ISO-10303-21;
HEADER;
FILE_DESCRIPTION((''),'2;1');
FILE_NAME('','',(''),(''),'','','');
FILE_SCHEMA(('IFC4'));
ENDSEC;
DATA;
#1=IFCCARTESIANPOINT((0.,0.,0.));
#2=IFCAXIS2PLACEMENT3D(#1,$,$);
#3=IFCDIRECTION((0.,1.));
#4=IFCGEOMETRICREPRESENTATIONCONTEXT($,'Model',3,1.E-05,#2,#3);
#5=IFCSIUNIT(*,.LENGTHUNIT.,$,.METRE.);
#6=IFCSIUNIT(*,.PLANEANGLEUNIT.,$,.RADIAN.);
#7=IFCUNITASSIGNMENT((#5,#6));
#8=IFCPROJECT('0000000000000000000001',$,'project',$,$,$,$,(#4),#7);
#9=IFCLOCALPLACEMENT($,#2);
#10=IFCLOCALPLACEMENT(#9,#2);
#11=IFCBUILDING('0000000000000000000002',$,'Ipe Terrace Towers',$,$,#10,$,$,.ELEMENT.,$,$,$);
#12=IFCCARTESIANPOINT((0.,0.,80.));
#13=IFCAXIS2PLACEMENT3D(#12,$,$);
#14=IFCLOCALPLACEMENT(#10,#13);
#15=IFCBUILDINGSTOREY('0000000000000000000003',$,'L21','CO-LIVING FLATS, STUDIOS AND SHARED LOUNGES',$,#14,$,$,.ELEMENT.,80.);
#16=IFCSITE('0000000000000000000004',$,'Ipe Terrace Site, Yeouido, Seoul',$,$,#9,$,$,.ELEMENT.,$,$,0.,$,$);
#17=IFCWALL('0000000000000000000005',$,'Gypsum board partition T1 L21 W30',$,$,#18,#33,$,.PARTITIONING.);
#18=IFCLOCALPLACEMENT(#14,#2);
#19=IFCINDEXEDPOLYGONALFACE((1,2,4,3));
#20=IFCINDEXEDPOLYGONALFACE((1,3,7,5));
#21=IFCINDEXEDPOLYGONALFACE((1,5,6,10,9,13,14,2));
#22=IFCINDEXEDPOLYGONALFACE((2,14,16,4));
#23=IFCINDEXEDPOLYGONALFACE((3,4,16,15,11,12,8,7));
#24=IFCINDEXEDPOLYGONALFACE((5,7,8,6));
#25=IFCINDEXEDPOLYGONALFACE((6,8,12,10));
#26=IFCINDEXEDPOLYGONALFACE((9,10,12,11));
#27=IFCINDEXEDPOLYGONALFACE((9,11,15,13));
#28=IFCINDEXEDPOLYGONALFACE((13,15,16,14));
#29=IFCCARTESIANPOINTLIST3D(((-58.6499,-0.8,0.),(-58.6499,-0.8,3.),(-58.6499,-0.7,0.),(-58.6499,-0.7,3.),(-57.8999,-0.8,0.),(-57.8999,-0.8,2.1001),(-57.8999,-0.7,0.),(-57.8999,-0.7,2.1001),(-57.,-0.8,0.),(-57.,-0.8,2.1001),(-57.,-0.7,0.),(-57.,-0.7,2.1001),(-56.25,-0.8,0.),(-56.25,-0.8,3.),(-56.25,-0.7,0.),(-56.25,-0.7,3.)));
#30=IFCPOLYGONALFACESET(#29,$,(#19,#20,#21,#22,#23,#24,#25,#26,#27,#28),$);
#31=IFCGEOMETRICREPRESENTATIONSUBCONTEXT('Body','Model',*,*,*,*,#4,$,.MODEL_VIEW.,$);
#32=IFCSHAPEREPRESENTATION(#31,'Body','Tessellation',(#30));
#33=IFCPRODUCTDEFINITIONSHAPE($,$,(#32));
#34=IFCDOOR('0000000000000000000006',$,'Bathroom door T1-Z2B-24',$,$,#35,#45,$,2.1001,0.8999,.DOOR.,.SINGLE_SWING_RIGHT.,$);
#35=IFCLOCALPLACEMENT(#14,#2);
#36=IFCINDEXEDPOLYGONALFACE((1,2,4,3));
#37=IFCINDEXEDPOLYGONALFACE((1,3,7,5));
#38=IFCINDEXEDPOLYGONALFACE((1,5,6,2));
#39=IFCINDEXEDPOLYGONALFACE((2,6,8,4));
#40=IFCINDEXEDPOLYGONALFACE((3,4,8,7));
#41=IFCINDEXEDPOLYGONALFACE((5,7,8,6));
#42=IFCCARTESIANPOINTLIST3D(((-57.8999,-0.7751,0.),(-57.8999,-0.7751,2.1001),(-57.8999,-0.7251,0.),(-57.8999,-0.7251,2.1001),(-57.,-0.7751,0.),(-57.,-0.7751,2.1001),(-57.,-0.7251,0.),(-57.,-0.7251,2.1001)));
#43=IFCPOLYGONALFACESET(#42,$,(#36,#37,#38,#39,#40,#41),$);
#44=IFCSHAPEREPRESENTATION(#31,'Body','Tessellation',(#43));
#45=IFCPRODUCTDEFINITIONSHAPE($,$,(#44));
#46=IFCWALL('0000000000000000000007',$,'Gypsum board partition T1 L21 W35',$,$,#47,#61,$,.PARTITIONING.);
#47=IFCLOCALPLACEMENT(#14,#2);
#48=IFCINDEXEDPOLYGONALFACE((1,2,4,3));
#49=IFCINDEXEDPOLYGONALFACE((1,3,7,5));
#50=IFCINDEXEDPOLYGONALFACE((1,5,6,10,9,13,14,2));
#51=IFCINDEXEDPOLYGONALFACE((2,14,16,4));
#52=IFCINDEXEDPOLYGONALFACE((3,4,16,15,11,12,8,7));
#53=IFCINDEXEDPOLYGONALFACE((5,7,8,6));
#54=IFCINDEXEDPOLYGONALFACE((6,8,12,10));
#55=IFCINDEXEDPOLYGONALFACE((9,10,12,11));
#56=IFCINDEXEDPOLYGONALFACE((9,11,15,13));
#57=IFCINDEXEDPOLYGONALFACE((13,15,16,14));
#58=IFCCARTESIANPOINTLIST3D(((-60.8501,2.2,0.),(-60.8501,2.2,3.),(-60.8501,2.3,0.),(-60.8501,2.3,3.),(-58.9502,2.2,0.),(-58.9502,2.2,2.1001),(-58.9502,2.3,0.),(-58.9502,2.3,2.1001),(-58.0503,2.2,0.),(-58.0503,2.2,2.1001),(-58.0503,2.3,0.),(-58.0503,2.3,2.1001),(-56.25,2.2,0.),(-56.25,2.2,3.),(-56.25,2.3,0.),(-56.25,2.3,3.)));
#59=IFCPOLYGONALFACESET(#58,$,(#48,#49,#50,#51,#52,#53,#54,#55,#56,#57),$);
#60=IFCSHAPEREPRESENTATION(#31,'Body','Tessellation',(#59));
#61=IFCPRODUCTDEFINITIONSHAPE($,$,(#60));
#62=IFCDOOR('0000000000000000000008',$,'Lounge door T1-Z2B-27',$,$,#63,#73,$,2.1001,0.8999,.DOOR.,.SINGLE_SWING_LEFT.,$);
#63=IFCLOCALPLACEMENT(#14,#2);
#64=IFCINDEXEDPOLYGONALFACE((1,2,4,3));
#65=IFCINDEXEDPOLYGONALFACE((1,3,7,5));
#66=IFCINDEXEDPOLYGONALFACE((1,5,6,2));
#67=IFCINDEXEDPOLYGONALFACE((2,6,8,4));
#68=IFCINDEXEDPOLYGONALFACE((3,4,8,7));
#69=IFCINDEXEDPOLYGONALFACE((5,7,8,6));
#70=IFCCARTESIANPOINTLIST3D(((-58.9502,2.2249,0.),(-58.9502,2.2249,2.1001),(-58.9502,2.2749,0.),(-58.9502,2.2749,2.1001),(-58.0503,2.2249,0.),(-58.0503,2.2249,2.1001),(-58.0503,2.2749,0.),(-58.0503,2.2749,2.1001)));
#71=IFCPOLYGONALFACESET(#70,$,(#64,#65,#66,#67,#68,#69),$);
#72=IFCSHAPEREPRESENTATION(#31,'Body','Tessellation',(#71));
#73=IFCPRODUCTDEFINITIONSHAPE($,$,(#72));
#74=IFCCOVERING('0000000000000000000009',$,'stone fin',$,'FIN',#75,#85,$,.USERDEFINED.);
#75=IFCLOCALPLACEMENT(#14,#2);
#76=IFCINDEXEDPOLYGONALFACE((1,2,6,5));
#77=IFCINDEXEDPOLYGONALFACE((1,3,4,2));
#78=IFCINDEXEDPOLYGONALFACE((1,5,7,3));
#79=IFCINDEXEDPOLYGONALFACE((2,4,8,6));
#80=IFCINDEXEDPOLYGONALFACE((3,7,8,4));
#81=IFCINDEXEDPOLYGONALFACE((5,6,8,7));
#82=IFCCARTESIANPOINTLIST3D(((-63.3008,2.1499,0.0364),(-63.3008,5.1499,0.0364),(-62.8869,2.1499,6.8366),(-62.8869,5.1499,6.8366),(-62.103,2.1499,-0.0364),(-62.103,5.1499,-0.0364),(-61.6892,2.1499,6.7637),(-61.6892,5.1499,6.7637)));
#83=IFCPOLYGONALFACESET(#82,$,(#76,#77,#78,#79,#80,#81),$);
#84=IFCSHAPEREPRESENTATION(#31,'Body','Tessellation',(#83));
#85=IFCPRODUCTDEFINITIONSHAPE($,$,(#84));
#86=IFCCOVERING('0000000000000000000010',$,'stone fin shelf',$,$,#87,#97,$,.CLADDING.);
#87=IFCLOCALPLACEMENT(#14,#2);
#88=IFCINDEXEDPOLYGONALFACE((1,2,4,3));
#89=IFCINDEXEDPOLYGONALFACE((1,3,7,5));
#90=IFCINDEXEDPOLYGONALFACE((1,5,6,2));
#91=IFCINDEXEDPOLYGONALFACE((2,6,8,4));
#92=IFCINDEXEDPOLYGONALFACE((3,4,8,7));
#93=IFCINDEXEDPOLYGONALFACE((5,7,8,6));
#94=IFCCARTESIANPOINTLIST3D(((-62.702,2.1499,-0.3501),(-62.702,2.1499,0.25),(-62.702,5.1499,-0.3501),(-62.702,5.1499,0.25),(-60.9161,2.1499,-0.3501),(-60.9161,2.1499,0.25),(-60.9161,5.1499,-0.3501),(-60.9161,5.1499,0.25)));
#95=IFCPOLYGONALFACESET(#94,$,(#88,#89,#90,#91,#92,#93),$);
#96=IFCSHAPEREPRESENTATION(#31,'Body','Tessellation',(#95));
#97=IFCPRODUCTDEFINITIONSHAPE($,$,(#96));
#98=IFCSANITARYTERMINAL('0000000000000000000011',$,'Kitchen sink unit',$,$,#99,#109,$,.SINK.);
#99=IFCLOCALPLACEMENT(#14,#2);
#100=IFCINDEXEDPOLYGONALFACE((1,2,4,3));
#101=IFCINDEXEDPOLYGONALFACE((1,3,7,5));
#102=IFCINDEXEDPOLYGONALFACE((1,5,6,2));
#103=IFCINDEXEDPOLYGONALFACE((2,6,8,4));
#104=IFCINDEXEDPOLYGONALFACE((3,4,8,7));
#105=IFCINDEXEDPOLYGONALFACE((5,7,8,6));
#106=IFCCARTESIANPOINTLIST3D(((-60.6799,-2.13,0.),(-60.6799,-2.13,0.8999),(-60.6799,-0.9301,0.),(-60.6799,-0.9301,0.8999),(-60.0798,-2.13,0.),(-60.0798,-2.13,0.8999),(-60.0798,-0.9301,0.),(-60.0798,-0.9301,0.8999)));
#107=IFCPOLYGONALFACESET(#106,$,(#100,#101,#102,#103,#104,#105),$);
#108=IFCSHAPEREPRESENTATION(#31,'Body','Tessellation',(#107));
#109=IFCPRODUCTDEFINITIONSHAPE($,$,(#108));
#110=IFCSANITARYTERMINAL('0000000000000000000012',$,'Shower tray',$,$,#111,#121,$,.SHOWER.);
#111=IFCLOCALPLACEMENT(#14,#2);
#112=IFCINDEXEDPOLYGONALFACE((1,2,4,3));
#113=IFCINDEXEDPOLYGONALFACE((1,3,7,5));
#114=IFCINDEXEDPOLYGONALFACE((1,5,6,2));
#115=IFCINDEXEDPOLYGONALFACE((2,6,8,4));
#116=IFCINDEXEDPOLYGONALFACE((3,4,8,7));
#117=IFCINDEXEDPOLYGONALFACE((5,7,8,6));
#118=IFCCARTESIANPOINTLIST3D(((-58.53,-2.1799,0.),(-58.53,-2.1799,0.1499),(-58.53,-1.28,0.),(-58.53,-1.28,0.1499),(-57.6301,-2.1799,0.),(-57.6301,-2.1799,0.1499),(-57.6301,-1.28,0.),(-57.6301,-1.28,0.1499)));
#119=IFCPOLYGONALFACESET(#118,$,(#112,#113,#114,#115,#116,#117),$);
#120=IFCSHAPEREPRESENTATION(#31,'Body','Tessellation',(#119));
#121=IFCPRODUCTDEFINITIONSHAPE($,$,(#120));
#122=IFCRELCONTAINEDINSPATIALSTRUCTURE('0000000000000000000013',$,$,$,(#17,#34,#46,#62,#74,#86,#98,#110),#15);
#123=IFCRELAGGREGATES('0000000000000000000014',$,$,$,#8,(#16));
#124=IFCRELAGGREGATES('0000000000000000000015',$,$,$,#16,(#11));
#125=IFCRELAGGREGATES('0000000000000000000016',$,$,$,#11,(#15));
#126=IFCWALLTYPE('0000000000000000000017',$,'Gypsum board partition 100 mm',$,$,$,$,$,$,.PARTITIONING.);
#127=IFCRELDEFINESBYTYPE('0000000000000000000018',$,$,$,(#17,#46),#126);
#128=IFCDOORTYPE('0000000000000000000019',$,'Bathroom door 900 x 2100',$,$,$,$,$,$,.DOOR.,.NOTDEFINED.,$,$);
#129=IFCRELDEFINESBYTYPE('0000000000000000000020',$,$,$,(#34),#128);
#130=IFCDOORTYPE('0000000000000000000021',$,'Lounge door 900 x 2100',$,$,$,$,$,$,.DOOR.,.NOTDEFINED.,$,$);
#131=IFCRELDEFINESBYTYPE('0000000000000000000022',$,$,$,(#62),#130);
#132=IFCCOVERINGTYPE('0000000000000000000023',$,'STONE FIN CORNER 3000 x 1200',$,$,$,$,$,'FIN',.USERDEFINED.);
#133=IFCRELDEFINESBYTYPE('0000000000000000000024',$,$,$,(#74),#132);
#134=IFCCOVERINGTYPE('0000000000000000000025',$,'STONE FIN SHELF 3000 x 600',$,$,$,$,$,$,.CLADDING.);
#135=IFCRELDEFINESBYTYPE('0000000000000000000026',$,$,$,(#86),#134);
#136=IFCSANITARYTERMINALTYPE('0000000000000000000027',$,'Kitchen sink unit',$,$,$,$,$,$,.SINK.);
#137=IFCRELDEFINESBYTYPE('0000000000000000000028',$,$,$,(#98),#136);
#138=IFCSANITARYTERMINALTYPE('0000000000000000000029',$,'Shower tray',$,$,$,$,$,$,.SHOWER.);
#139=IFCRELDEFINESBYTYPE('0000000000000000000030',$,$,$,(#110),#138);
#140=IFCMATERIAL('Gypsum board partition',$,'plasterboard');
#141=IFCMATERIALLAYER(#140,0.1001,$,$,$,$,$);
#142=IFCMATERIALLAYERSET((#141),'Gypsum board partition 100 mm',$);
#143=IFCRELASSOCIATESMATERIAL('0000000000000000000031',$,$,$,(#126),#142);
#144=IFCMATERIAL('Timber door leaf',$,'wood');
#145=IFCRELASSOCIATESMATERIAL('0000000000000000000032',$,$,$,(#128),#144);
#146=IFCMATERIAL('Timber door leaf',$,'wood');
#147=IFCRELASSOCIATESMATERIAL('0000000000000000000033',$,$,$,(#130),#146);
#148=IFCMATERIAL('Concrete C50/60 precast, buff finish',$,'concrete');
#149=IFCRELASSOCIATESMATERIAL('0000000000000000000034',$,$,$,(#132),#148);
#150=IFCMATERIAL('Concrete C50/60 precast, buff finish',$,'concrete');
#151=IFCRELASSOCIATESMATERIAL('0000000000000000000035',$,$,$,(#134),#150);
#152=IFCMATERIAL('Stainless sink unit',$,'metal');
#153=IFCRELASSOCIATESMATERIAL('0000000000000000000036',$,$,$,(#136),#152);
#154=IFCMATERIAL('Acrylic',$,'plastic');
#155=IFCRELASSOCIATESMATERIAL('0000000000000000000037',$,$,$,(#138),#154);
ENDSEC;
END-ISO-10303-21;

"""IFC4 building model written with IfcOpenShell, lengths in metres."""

from ifc_helpers import new_model, si_unit, direction, frame, frame_2d, origin, origin_2d, place, context, subcontext, project, spatial, rectangle, extrude, material, layer, layer_set, material_profile, profile_set, type_object, element, fill, save


model = new_model("IFC4")

# Units and contexts
model_context = context("Model", 3, precision=1e-05, world=origin(), true_north=direction((0.0, 1.0)))
body_context = subcontext(model_context, "Body", "Model", "MODEL_VIEW")
ifc_project = project(units=[si_unit("LENGTHUNIT", "METRE"), si_unit("PLANEANGLEUNIT", "RADIAN")], contexts=[model_context])

# Site, building, storey
site_placement = place(None, origin())
site = spatial("IfcSite", under=ifc_project, at=site_placement, Name="Ipe Terrace Site, Yeouido, Seoul", CompositionType="ELEMENT", RefElevation=0.0)
building_placement = place(site_placement, origin())
building = spatial("IfcBuilding", under=site, at=building_placement, Name="Ipe Terrace Towers", CompositionType="ELEMENT")
storey_placement = place(building_placement, frame((0.0, 0.0, 80.0)))
storey = spatial("IfcBuildingStorey", under=building, at=storey_placement, Name="L21", Description="CO-LIVING FLATS, STUDIOS AND SHARED LOUNGES", CompositionType="ELEMENT", Elevation=80.0)

# Walls, openings, doors
ifc_material_1 = material(Name="Gypsum board partition", Category="plasterboard")
ifc_layer_1 = layer(ifc_material_1, 0.1001)
ifc_layer_set_1 = layer_set([ifc_layer_1], Name="Gypsum board partition 100 mm")
wall_type_1 = type_object("IfcWallType", Name="Gypsum board partition 100 mm", PredefinedType="PARTITIONING", material=ifc_layer_set_1)
wall_1_placement = place(storey_placement, frame((-58.6499, -0.75, 0.0), z_axis=(0.0, 0.0, 1.0), x_axis=(1.0, 0.0, 0.0)))
wall_1 = element("IfcWall", 1, at=wall_1_placement, inside=storey, type_object=wall_type_1, Name="Gypsum board partition T1 L21 W30", PredefinedType="PARTITIONING", context=body_context, shape_type="SweptSolid", body=[
    extrude(rectangle(XDim=2.3999, YDim=0.1001, at=frame_2d((1.2, 0.0))), origin(), (0.0, 0.0, 1.0), 3.0),
])
opening_1_placement = place(wall_1_placement, frame((0.75, 0.0, 0.0)))
opening_1 = element("IfcOpeningElement", 2, at=opening_1_placement, cuts=wall_1, PredefinedType="OPENING", context=body_context, shape_type="SweptSolid", body=[
    extrude(rectangle(XDim=0.8999, YDim=2.1001, at=frame_2d((0.45, 1.05))), frame((0.0, 0.0601, 0.0), z_axis=(0.0, -1.0, 0.0), x_axis=(1.0, 0.0, 0.0)), (0.0, 0.0, 1.0), 0.1201),
])
ifc_material_2 = material(Name="Timber door leaf", Category="wood")
door_type_1 = type_object("IfcDoorType", Name="Bathroom door 900 x 2100", OperationType="NOTDEFINED", PredefinedType="DOOR", material=ifc_material_2)
door_1_placement = place(opening_1_placement, origin())
door_1 = element("IfcDoor", 3, at=door_1_placement, inside=storey, type_object=door_type_1, Name="Bathroom door T1-Z2B-24", OperationType="SINGLE_SWING_RIGHT", OverallHeight=2.1001, OverallWidth=0.8999, PredefinedType="DOOR", context=body_context, shape_type="SweptSolid", body=[
    extrude(rectangle(XDim=0.8999, YDim=2.1001, at=frame_2d((0.45, 1.05))), frame((0.0, 0.0249, 0.0), z_axis=(0.0, -1.0, 0.0), x_axis=(1.0, 0.0, 0.0)), (0.0, 0.0, 1.0), 0.05),
])
fill(opening_1, door_1)
wall_2_placement = place(storey_placement, frame((-60.8501, 2.25, 0.0), z_axis=(0.0, 0.0, 1.0), x_axis=(1.0, 0.0, 0.0)))
wall_2 = element("IfcWall", 4, at=wall_2_placement, inside=storey, type_object=wall_type_1, Name="Gypsum board partition T1 L21 W35", PredefinedType="PARTITIONING", context=body_context, shape_type="SweptSolid", body=[
    extrude(rectangle(XDim=4.6001, YDim=0.1001, at=frame_2d((2.3, 0.0))), origin(), (0.0, 0.0, 1.0), 3.0),
])
opening_2_placement = place(wall_2_placement, frame((1.8999, 0.0, 0.0)))
opening_2 = element("IfcOpeningElement", 5, at=opening_2_placement, cuts=wall_2, PredefinedType="OPENING", context=body_context, shape_type="SweptSolid", body=[
    extrude(rectangle(XDim=0.8999, YDim=2.1001, at=frame_2d((0.45, 1.05))), frame((0.0, 0.0601, 0.0), z_axis=(0.0, -1.0, 0.0), x_axis=(1.0, 0.0, 0.0)), (0.0, 0.0, 1.0), 0.1201),
])
ifc_material_3 = material(Name="Timber door leaf", Category="wood")
door_type_2 = type_object("IfcDoorType", Name="Lounge door 900 x 2100", OperationType="NOTDEFINED", PredefinedType="DOOR", material=ifc_material_3)
door_2_placement = place(opening_2_placement, origin())
door_2 = element("IfcDoor", 6, at=door_2_placement, inside=storey, type_object=door_type_2, Name="Lounge door T1-Z2B-27", OperationType="SINGLE_SWING_LEFT", OverallHeight=2.1001, OverallWidth=0.8999, PredefinedType="DOOR", context=body_context, shape_type="SweptSolid", body=[
    extrude(rectangle(XDim=0.8999, YDim=2.1001, at=frame_2d((0.45, 1.05))), frame((0.0, 0.0249, 0.0), z_axis=(0.0, -1.0, 0.0), x_axis=(1.0, 0.0, 0.0)), (0.0, 0.0, 1.0), 0.05),
])
fill(opening_2, door_2)

# Coverings
ifc_material_4 = material(Name="Concrete C50/60 precast, buff finish", Category="concrete")
ifc_material_profile_1 = material_profile(ifc_material_4, rectangle(XDim=3.0, YDim=1.2, at=origin_2d()), Name="STONE FIN CORNER 3000 x 1200")
ifc_profile_set_1 = profile_set([ifc_material_profile_1], Name="Concrete C50/60 precast, buff finish")
covering_type_1 = type_object("IfcCoveringType", Name="STONE FIN CORNER 3000 x 1200", ElementType="FIN", PredefinedType="USERDEFINED", material=ifc_profile_set_1)
covering_1_placement = place(storey_placement, frame((-62.7019, 3.6499, 0.0), z_axis=(0.060743, 0.0, 0.998153), x_axis=(0.0, -1.0, 0.0)))
element("IfcCovering", 7, at=covering_1_placement, inside=storey, type_object=covering_type_1, Name="stone fin", ObjectType="FIN", PredefinedType="USERDEFINED", context=body_context, shape_type="SweptSolid", body=[
    extrude(rectangle(XDim=3.0, YDim=1.2, at=origin_2d()), origin(), (0.0, 0.0, 1.0), 6.8127),
])
ifc_material_5 = material(Name="Concrete C50/60 precast, buff finish", Category="concrete")
covering_type_2 = type_object("IfcCoveringType", Name="STONE FIN SHELF 3000 x 600", PredefinedType="CLADDING", material=ifc_material_5)
covering_2_placement = place(storey_placement, frame((-61.8091, 3.6499, -0.3501), z_axis=(0.0, 0.0, 1.0), x_axis=(0.0, -1.0, 0.0)))
element("IfcCovering", 8, at=covering_2_placement, inside=storey, type_object=covering_type_2, Name="stone fin shelf", PredefinedType="CLADDING", context=body_context, shape_type="SweptSolid", body=[
    extrude(rectangle(XDim=3.0, YDim=1.7859, at=origin_2d()), origin(), (0.0, 0.0, 1.0), 0.6001),
])

# Sanitary terminals
ifc_material_6 = material(Name="Stainless sink unit", Category="metal")
sanitary_terminal_type_1 = type_object("IfcSanitaryTerminalType", Name="Kitchen sink unit", PredefinedType="SINK", material=ifc_material_6)
sanitary_terminal_1_placement = place(storey_placement, frame((-60.3799, -1.53, 0.0), z_axis=(0.0, 0.0, 1.0), x_axis=(0.0, 1.0, 0.0)))
element("IfcSanitaryTerminal", 9, at=sanitary_terminal_1_placement, inside=storey, type_object=sanitary_terminal_type_1, Name="Kitchen sink unit", PredefinedType="SINK", context=body_context, shape_type="SweptSolid", body=[
    extrude(rectangle(XDim=1.2, YDim=0.6001, at=origin_2d()), origin(), (0.0, 0.0, 1.0), 0.8999),
])
ifc_material_7 = material(Name="Acrylic", Category="plastic")
sanitary_terminal_type_2 = type_object("IfcSanitaryTerminalType", Name="Shower tray", PredefinedType="SHOWER", material=ifc_material_7)
sanitary_terminal_2_placement = place(storey_placement, frame((-58.0801, -1.73, 0.0), z_axis=(0.0, 0.0, 1.0), x_axis=(0.0, 1.0, 0.0)))
element("IfcSanitaryTerminal", 10, at=sanitary_terminal_2_placement, inside=storey, type_object=sanitary_terminal_type_2, Name="Shower tray", PredefinedType="SHOWER", context=body_context, shape_type="SweptSolid", body=[
    extrude(rectangle(XDim=0.8999, YDim=0.8999, at=origin_2d()), origin(), (0.0, 0.0, 1.0), 0.1499),
])

save(model, "model.ifc")
